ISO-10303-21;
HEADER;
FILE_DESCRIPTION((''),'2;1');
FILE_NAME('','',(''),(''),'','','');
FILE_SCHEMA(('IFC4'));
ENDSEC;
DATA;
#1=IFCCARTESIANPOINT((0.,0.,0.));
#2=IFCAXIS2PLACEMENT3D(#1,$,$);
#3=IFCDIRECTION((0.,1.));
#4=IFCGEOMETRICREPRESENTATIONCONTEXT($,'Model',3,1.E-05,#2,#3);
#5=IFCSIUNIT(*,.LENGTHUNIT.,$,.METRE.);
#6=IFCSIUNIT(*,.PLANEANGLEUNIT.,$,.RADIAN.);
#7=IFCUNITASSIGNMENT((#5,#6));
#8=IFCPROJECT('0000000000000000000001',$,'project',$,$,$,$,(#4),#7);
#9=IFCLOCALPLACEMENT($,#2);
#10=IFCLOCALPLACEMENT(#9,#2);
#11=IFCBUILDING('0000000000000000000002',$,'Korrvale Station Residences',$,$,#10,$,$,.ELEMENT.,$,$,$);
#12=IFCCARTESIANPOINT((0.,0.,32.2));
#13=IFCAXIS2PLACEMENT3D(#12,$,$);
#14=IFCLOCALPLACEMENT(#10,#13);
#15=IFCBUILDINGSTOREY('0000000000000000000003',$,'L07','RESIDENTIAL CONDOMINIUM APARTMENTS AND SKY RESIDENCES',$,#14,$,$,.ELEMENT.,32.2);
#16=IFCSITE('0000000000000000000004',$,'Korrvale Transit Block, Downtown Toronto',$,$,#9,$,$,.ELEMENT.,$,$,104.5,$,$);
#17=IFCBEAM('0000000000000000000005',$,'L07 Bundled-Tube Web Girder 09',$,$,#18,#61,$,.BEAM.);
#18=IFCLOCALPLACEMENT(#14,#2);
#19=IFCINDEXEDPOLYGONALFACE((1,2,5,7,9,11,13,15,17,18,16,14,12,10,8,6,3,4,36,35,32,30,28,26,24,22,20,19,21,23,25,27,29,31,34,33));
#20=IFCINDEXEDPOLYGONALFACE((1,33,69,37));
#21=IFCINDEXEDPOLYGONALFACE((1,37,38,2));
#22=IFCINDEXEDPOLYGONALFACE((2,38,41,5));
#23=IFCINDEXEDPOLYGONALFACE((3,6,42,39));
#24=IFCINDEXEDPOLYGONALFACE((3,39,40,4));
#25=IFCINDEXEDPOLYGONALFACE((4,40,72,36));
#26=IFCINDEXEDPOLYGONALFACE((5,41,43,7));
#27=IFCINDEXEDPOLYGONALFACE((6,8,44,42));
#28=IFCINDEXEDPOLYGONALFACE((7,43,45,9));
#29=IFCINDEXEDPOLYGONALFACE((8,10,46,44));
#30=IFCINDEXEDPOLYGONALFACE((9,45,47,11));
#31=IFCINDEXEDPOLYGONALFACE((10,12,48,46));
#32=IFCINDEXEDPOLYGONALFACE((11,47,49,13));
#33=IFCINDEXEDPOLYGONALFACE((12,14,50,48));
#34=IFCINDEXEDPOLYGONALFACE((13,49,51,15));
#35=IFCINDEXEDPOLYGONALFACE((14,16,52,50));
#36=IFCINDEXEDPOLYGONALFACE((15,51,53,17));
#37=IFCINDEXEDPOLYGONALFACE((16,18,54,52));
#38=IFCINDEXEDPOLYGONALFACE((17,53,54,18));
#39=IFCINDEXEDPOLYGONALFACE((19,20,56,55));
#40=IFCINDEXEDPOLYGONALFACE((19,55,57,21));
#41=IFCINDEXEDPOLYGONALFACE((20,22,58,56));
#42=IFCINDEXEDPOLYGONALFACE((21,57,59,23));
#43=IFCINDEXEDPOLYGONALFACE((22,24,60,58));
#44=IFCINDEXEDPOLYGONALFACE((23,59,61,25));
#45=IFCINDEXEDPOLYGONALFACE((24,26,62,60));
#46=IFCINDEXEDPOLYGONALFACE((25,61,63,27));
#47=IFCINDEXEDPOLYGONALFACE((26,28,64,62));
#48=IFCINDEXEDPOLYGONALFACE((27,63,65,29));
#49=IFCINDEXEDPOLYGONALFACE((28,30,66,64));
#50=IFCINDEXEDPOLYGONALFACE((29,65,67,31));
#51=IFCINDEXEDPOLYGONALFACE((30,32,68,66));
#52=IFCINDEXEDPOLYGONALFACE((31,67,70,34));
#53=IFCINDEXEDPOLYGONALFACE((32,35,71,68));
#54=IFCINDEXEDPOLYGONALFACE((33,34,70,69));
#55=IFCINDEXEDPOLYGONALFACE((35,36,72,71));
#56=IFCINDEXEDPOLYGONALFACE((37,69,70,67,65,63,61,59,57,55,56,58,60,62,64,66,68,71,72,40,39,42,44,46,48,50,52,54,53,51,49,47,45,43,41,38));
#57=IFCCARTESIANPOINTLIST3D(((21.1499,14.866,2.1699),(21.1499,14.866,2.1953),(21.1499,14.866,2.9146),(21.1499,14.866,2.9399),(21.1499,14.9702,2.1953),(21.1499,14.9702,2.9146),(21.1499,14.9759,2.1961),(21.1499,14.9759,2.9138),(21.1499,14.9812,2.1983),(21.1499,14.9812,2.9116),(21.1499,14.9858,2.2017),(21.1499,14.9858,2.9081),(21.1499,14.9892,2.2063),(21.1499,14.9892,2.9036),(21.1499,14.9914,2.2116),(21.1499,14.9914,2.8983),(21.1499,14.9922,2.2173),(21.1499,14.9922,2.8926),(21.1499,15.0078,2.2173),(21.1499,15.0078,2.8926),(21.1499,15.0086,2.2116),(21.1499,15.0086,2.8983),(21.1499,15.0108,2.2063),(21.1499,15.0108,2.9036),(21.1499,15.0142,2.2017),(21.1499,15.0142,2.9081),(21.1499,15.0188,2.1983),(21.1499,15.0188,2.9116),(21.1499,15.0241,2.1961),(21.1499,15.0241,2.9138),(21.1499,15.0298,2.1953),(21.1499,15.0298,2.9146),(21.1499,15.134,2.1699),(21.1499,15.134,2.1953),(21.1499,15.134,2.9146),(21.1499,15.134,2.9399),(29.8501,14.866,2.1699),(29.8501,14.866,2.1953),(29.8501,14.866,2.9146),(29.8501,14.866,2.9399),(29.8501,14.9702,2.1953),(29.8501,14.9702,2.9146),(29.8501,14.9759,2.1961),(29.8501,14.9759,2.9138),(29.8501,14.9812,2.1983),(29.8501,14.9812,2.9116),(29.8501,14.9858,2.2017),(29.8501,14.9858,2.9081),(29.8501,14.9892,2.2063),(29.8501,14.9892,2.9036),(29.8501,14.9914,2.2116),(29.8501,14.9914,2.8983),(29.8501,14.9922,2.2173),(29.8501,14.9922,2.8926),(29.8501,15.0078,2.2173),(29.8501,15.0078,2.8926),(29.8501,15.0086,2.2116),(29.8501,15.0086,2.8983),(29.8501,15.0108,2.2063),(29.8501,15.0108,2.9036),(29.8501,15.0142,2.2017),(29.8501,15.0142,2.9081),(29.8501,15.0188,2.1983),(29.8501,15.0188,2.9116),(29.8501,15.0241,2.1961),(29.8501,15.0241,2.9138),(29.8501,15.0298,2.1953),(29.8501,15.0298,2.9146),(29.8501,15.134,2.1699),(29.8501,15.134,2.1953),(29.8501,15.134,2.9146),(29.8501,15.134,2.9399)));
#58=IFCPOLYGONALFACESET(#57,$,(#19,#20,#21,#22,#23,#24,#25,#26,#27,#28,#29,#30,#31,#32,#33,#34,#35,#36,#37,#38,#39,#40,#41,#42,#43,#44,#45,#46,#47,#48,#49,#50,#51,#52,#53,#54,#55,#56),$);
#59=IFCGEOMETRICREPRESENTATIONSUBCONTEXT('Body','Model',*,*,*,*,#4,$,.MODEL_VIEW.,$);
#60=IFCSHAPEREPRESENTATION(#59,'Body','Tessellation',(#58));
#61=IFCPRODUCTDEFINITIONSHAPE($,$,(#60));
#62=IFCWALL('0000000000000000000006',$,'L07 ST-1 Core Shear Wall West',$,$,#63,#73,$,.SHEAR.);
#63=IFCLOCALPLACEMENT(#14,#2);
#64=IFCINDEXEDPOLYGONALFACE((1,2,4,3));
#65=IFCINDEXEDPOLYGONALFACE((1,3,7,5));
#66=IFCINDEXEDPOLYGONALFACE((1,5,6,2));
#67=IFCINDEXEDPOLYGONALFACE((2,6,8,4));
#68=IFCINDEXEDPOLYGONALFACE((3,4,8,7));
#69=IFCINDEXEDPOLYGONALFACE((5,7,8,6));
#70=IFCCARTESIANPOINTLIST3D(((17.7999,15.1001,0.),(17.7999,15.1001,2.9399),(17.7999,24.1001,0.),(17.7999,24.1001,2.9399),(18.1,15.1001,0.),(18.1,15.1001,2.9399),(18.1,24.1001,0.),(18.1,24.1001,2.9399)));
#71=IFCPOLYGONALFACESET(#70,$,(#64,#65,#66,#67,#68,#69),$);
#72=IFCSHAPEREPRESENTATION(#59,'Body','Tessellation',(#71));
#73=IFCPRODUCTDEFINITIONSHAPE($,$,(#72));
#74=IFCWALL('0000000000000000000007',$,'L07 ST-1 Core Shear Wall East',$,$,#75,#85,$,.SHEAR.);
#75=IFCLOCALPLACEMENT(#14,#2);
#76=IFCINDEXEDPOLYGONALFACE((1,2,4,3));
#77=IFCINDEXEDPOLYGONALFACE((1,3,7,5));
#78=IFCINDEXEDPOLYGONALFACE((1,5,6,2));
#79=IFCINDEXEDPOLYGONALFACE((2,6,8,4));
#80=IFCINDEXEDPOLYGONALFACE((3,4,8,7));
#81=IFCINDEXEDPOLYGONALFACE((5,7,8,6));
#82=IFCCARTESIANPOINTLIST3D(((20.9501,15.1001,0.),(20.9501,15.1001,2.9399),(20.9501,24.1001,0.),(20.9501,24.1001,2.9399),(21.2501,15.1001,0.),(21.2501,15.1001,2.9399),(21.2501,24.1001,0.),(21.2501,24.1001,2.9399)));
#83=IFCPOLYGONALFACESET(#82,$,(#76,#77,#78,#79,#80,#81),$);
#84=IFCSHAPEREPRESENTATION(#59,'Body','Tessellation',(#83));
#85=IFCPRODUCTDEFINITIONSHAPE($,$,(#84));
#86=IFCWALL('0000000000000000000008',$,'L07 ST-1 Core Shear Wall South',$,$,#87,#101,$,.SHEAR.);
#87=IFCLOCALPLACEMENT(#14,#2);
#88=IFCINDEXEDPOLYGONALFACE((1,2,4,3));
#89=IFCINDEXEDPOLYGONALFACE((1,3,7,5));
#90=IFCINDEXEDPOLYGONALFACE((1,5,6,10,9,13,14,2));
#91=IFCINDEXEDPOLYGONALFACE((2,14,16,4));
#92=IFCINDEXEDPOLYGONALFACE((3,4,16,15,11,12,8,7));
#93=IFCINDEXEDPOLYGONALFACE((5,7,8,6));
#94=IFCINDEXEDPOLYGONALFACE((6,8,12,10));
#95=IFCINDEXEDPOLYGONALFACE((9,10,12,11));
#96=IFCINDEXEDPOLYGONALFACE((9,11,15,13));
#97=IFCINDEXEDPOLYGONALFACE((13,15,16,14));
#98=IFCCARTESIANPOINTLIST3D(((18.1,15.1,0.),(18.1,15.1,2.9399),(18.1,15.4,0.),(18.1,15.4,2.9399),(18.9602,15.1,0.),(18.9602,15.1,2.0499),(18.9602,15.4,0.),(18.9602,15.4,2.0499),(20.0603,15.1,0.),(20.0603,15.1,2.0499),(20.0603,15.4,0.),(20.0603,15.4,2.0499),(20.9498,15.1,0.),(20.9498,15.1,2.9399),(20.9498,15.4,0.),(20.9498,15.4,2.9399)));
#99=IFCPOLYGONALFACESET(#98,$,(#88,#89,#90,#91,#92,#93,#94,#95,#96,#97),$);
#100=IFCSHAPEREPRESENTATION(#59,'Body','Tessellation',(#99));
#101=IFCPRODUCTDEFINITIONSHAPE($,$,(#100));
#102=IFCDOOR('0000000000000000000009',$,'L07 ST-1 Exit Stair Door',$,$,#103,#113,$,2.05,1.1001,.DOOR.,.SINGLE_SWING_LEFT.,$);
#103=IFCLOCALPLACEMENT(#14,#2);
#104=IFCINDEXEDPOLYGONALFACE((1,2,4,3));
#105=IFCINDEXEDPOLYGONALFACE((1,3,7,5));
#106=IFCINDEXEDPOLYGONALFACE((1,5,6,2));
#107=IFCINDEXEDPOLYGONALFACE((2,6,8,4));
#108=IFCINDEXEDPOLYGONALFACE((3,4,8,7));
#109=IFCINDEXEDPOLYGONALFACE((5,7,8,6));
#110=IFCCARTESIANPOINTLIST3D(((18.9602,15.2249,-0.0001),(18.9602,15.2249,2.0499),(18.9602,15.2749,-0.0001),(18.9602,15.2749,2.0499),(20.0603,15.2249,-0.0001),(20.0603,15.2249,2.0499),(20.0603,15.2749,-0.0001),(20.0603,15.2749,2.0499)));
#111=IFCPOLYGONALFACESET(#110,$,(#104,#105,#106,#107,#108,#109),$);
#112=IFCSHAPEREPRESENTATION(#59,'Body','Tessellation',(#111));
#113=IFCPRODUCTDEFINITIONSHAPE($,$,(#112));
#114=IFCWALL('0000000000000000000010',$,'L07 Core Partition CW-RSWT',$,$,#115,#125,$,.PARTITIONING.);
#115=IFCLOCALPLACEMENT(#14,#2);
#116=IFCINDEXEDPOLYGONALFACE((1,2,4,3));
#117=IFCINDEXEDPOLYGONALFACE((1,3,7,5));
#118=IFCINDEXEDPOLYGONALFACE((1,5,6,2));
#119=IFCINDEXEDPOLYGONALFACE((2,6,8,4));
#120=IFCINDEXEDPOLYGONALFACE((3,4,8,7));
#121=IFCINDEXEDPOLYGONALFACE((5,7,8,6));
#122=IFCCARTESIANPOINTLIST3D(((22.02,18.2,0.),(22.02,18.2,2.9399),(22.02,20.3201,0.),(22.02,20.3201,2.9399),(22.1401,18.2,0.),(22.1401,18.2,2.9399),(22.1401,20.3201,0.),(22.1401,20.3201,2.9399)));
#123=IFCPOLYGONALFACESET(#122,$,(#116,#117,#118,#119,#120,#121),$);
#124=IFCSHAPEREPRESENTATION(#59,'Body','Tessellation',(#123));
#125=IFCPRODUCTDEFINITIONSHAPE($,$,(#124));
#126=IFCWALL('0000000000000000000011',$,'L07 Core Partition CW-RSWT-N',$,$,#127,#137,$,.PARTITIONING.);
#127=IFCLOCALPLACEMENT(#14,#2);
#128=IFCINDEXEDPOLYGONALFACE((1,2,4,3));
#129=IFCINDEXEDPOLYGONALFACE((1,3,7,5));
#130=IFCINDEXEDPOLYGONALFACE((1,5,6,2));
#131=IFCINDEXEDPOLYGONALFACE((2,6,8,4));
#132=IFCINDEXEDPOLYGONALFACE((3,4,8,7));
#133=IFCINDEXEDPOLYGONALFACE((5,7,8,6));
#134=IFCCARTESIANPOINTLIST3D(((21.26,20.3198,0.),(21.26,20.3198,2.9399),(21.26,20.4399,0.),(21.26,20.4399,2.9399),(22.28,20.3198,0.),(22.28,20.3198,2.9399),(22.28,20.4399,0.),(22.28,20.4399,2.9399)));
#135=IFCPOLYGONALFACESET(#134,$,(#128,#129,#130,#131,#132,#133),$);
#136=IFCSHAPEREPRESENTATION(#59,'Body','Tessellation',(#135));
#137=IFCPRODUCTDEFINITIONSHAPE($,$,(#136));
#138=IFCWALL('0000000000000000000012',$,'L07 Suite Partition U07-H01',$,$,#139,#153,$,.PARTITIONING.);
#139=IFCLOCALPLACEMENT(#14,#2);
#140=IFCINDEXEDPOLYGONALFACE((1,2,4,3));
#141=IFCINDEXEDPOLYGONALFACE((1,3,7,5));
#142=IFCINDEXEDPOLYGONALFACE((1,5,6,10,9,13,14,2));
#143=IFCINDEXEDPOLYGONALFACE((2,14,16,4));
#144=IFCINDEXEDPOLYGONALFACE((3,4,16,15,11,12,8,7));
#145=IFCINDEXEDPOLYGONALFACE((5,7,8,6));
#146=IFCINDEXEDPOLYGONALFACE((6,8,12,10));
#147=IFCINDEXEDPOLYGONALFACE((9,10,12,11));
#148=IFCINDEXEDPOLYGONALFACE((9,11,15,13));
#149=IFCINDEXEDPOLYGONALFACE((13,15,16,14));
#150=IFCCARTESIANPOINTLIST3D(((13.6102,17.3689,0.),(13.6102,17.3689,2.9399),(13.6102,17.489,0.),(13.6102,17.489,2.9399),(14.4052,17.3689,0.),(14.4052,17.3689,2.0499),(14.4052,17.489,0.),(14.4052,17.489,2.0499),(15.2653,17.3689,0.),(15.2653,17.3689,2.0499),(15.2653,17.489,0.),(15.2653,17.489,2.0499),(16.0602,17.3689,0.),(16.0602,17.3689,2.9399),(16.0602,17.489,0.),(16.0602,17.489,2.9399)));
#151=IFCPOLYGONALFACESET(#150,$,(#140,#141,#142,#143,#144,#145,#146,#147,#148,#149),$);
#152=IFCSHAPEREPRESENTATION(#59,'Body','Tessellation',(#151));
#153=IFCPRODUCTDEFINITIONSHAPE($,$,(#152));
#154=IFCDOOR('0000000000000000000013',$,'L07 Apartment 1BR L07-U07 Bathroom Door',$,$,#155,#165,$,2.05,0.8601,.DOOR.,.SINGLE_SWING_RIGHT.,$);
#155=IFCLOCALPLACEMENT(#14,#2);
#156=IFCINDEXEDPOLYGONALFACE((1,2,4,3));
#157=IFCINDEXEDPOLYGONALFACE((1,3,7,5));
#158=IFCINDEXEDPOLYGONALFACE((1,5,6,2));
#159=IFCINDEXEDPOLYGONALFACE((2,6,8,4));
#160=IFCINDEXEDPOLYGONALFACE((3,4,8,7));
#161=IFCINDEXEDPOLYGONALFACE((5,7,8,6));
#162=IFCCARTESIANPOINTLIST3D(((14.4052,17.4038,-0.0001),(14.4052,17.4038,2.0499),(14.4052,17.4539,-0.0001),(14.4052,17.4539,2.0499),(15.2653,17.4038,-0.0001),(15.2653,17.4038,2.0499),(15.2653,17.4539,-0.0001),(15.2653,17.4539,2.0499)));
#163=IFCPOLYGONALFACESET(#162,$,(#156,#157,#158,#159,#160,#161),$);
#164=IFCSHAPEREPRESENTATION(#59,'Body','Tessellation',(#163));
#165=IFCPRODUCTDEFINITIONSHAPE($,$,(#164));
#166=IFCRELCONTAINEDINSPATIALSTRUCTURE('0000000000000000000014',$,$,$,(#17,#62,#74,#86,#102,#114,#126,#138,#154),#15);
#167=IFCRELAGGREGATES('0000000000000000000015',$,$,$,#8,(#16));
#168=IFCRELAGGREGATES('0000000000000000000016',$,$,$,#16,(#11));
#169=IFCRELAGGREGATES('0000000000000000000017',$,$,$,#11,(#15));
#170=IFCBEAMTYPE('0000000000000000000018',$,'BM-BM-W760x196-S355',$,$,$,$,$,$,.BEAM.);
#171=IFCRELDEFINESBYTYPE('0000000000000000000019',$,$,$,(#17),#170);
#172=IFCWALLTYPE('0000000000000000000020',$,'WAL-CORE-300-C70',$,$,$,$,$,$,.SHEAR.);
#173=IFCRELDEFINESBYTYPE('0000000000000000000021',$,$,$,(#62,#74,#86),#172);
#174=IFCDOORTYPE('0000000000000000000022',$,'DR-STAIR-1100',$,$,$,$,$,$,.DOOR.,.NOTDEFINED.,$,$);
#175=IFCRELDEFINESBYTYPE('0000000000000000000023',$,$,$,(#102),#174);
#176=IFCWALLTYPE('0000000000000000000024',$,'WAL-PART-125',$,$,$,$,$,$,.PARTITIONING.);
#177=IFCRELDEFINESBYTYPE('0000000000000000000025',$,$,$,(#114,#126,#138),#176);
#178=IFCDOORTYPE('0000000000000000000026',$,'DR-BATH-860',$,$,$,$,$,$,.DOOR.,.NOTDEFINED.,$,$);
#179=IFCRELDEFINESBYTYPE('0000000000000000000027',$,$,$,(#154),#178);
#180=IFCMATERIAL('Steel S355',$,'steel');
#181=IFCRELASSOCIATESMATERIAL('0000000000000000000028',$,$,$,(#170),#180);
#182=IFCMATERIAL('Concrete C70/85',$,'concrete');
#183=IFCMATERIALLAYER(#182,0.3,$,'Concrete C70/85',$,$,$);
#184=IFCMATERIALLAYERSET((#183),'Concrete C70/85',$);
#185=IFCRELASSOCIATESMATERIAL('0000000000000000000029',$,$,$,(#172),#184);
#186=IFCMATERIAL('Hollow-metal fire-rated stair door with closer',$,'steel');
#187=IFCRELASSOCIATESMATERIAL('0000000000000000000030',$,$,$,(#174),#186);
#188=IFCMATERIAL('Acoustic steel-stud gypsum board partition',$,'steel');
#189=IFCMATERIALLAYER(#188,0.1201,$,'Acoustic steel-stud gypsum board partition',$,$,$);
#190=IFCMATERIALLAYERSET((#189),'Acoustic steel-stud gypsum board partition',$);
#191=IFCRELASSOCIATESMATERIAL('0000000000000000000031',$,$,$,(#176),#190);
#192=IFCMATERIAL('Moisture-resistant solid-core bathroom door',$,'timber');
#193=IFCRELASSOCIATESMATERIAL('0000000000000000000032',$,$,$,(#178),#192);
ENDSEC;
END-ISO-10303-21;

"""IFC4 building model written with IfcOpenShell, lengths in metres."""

from ifc_helpers import new_model, si_unit, direction, frame, frame_2d, origin, origin_2d, place, context, subcontext, project, spatial, rectangle, i_section, extrude, material, layer, layer_set, material_profile, profile_set, type_object, element, fill, save


model = new_model("IFC4")

# Units and contexts
model_context = context("Model", 3, precision=1e-05, world=origin(), true_north=direction((0.0, 1.0)))
body_context = subcontext(model_context, "Body", "Model", "MODEL_VIEW")
ifc_project = project(units=[si_unit("LENGTHUNIT", "METRE"), si_unit("PLANEANGLEUNIT", "RADIAN")], contexts=[model_context])

# Site, building, storey
site_placement = place(None, origin())
site = spatial("IfcSite", under=ifc_project, at=site_placement, Name="Korrvale Transit Block, Downtown Toronto", CompositionType="ELEMENT", RefElevation=104.5)
building_placement = place(site_placement, origin())
building = spatial("IfcBuilding", under=site, at=building_placement, Name="Korrvale Station Residences", CompositionType="ELEMENT")
storey_placement = place(building_placement, frame((0.0, 0.0, 32.2)))
storey = spatial("IfcBuildingStorey", under=building, at=storey_placement, Name="L07", Description="RESIDENTIAL CONDOMINIUM APARTMENTS AND SKY RESIDENCES", CompositionType="ELEMENT", Elevation=32.2)

# Beam
ifc_material_1 = material(Name="Steel S355", Category="steel")
ifc_material_profile = material_profile(ifc_material_1, i_section(OverallWidth=0.2681, OverallDepth=0.77, WebThickness=0.0156, FlangeThickness=0.0254, FilletRadius=0.022, at=origin_2d()), Name="W760x196")
ifc_profile_set = profile_set([ifc_material_profile], Name="Steel S355")
beam_type = type_object("IfcBeamType", Name="BM-BM-W760x196-S355", PredefinedType="BEAM", material=ifc_profile_set)
beam_placement = place(storey_placement, frame((21.1499, 15.0, 2.5549), z_axis=(1.0, 0.0, 0.0), x_axis=(0.0, 1.0, 0.0)))
element("IfcBeam", 1, at=beam_placement, inside=storey, type_object=beam_type, Name="L07 Bundled-Tube Web Girder 09", PredefinedType="BEAM", context=body_context, shape_type="SweptSolid", body=[
    extrude(i_section(OverallWidth=0.2681, OverallDepth=0.77, WebThickness=0.0156, FlangeThickness=0.0254, FilletRadius=0.022, at=origin_2d()), origin(), (0.0, 0.0, 1.0), 8.7002),
])

# Walls
ifc_material_2 = material(Name="Concrete C70/85", Category="concrete")
ifc_layer_1 = layer(ifc_material_2, 0.3, Name="Concrete C70/85")
ifc_layer_set_1 = layer_set([ifc_layer_1], Name="Concrete C70/85")
wall_type_1 = type_object("IfcWallType", Name="WAL-CORE-300-C70", PredefinedType="SHEAR", material=ifc_layer_set_1)
for number, where, z_axis, x_axis, name in (
    (2, (17.95, 15.1001, 0.0), (0.0, 0.0, 1.0), (0.0, 1.0, 0.0), "L07 ST-1 Core Shear Wall West"),
    (3, (21.1001, 15.1001, 0.0), (0.0, 0.0, 1.0), (0.0, 1.0, 0.0), "L07 ST-1 Core Shear Wall East"),
):
    element("IfcWall", number, at=place(storey_placement, frame(where, z_axis=z_axis, x_axis=x_axis)), inside=storey, type_object=wall_type_1, Name=name, PredefinedType="SHEAR", context=body_context, shape_type="SweptSolid", body=[
        extrude(rectangle(XDim=9.0, YDim=0.3, at=frame_2d((4.5, 0.0))), origin(), (0.0, 0.0, 1.0), 2.9399),
    ])

# Wall, opening, door
wall_1_placement = place(storey_placement, frame((18.1001, 15.25, 0.0), z_axis=(0.0, 0.0, 1.0), x_axis=(1.0, 0.0, 0.0)))
wall_1 = element("IfcWall", 4, at=wall_1_placement, inside=storey, type_object=wall_type_1, Name="L07 ST-1 Core Shear Wall South", PredefinedType="SHEAR", context=body_context, shape_type="SweptSolid", body=[
    extrude(rectangle(XDim=2.8499, YDim=0.3, at=frame_2d((1.4248, 0.0))), origin(), (0.0, 0.0, 1.0), 2.9399),
])
opening_1_placement = place(wall_1_placement, frame((0.8601, 0.0, 0.0)))
opening_1 = element("IfcOpeningElement", 5, at=opening_1_placement, cuts=wall_1, PredefinedType="OPENING", context=body_context, shape_type="SweptSolid", body=[
    extrude(rectangle(XDim=1.1001, YDim=2.05, at=frame_2d((0.55, 1.0249))), frame((0.0, 0.1602, 0.0), z_axis=(0.0, -1.0, 0.0), x_axis=(1.0, 0.0, 0.0)), (0.0, 0.0, 1.0), 0.3201),
])
ifc_material_3 = material(Name="Hollow-metal fire-rated stair door with closer", Category="steel")
door_type_1 = type_object("IfcDoorType", Name="DR-STAIR-1100", OperationType="NOTDEFINED", PredefinedType="DOOR", material=ifc_material_3)
door_1_placement = place(opening_1_placement, origin())
door_1 = element("IfcDoor", 6, at=door_1_placement, inside=storey, type_object=door_type_1, Name="L07 ST-1 Exit Stair Door", OperationType="SINGLE_SWING_LEFT", OverallHeight=2.05, OverallWidth=1.1001, PredefinedType="DOOR", context=body_context, shape_type="SweptSolid", body=[
    extrude(rectangle(XDim=1.1001, YDim=2.05, at=frame_2d((0.55, 1.0249))), frame((0.0, 0.0249, 0.0), z_axis=(0.0, -1.0, 0.0), x_axis=(1.0, 0.0, 0.0)), (0.0, 0.0, 1.0), 0.05),
])
fill(opening_1, door_1)

# Walls
ifc_material_4 = material(Name="Acoustic steel-stud gypsum board partition", Category="steel")
ifc_layer_2 = layer(ifc_material_4, 0.1201, Name="Acoustic steel-stud gypsum board partition")
ifc_layer_set_2 = layer_set([ifc_layer_2], Name="Acoustic steel-stud gypsum board partition")
wall_type_2 = type_object("IfcWallType", Name="WAL-PART-125", PredefinedType="PARTITIONING", material=ifc_layer_set_2)
wall_2_placement = place(storey_placement, frame((22.0801, 18.2, 0.0), z_axis=(0.0, 0.0, 1.0), x_axis=(0.0, 1.0, 0.0)))
element("IfcWall", 7, at=wall_2_placement, inside=storey, type_object=wall_type_2, Name="L07 Core Partition CW-RSWT", PredefinedType="PARTITIONING", context=body_context, shape_type="SweptSolid", body=[
    extrude(rectangle(XDim=2.1201, YDim=0.1201, at=frame_2d((1.0601, 0.0))), origin(), (0.0, 0.0, 1.0), 2.9399),
])
wall_3_placement = place(storey_placement, frame((22.28, 20.3799, 0.0), z_axis=(0.0, 0.0, 1.0), x_axis=(-1.0, 0.0, 0.0)))
element("IfcWall", 8, at=wall_3_placement, inside=storey, type_object=wall_type_2, Name="L07 Core Partition CW-RSWT-N", PredefinedType="PARTITIONING", context=body_context, shape_type="SweptSolid", body=[
    extrude(rectangle(XDim=1.02, YDim=0.1201, at=frame_2d((0.51, 0.0))), origin(), (0.0, 0.0, 1.0), 2.9399),
])

# Wall, opening, door
wall_4_placement = place(storey_placement, frame((13.6101, 17.429, 0.0), z_axis=(0.0, 0.0, 1.0), x_axis=(1.0, 0.0, 0.0)))
wall_4 = element("IfcWall", 9, at=wall_4_placement, inside=storey, type_object=wall_type_2, Name="L07 Suite Partition U07-H01", PredefinedType="PARTITIONING", context=body_context, shape_type="SweptSolid", body=[
    extrude(rectangle(XDim=2.45, YDim=0.1201, at=frame_2d((1.2251, 0.0))), origin(), (0.0, 0.0, 1.0), 2.9399),
])
opening_2_placement = place(wall_4_placement, frame((0.7949, 0.0, 0.0)))
opening_2 = element("IfcOpeningElement", 10, at=opening_2_placement, cuts=wall_4, PredefinedType="OPENING", context=body_context, shape_type="SweptSolid", body=[
    extrude(rectangle(XDim=0.8601, YDim=2.05, at=frame_2d((0.4302, 1.0249))), frame((0.0, 0.0701, 0.0), z_axis=(0.0, -1.0, 0.0), x_axis=(1.0, 0.0, 0.0)), (0.0, 0.0, 1.0), 0.1401),
])
ifc_material_5 = material(Name="Moisture-resistant solid-core bathroom door", Category="timber")
door_type_2 = type_object("IfcDoorType", Name="DR-BATH-860", OperationType="NOTDEFINED", PredefinedType="DOOR", material=ifc_material_5)
door_2_placement = place(opening_2_placement, origin())
door_2 = element("IfcDoor", 11, at=door_2_placement, inside=storey, type_object=door_type_2, Name="L07 Apartment 1BR L07-U07 Bathroom Door", OperationType="SINGLE_SWING_RIGHT", OverallHeight=2.05, OverallWidth=0.8601, PredefinedType="DOOR", context=body_context, shape_type="SweptSolid", body=[
    extrude(rectangle(XDim=0.8601, YDim=2.05, at=frame_2d((0.4302, 1.0249))), frame((0.0, 0.0249, 0.0), z_axis=(0.0, -1.0, 0.0), x_axis=(1.0, 0.0, 0.0)), (0.0, 0.0, 1.0), 0.05),
])
fill(opening_2, door_2)

save(model, "model.ifc")
